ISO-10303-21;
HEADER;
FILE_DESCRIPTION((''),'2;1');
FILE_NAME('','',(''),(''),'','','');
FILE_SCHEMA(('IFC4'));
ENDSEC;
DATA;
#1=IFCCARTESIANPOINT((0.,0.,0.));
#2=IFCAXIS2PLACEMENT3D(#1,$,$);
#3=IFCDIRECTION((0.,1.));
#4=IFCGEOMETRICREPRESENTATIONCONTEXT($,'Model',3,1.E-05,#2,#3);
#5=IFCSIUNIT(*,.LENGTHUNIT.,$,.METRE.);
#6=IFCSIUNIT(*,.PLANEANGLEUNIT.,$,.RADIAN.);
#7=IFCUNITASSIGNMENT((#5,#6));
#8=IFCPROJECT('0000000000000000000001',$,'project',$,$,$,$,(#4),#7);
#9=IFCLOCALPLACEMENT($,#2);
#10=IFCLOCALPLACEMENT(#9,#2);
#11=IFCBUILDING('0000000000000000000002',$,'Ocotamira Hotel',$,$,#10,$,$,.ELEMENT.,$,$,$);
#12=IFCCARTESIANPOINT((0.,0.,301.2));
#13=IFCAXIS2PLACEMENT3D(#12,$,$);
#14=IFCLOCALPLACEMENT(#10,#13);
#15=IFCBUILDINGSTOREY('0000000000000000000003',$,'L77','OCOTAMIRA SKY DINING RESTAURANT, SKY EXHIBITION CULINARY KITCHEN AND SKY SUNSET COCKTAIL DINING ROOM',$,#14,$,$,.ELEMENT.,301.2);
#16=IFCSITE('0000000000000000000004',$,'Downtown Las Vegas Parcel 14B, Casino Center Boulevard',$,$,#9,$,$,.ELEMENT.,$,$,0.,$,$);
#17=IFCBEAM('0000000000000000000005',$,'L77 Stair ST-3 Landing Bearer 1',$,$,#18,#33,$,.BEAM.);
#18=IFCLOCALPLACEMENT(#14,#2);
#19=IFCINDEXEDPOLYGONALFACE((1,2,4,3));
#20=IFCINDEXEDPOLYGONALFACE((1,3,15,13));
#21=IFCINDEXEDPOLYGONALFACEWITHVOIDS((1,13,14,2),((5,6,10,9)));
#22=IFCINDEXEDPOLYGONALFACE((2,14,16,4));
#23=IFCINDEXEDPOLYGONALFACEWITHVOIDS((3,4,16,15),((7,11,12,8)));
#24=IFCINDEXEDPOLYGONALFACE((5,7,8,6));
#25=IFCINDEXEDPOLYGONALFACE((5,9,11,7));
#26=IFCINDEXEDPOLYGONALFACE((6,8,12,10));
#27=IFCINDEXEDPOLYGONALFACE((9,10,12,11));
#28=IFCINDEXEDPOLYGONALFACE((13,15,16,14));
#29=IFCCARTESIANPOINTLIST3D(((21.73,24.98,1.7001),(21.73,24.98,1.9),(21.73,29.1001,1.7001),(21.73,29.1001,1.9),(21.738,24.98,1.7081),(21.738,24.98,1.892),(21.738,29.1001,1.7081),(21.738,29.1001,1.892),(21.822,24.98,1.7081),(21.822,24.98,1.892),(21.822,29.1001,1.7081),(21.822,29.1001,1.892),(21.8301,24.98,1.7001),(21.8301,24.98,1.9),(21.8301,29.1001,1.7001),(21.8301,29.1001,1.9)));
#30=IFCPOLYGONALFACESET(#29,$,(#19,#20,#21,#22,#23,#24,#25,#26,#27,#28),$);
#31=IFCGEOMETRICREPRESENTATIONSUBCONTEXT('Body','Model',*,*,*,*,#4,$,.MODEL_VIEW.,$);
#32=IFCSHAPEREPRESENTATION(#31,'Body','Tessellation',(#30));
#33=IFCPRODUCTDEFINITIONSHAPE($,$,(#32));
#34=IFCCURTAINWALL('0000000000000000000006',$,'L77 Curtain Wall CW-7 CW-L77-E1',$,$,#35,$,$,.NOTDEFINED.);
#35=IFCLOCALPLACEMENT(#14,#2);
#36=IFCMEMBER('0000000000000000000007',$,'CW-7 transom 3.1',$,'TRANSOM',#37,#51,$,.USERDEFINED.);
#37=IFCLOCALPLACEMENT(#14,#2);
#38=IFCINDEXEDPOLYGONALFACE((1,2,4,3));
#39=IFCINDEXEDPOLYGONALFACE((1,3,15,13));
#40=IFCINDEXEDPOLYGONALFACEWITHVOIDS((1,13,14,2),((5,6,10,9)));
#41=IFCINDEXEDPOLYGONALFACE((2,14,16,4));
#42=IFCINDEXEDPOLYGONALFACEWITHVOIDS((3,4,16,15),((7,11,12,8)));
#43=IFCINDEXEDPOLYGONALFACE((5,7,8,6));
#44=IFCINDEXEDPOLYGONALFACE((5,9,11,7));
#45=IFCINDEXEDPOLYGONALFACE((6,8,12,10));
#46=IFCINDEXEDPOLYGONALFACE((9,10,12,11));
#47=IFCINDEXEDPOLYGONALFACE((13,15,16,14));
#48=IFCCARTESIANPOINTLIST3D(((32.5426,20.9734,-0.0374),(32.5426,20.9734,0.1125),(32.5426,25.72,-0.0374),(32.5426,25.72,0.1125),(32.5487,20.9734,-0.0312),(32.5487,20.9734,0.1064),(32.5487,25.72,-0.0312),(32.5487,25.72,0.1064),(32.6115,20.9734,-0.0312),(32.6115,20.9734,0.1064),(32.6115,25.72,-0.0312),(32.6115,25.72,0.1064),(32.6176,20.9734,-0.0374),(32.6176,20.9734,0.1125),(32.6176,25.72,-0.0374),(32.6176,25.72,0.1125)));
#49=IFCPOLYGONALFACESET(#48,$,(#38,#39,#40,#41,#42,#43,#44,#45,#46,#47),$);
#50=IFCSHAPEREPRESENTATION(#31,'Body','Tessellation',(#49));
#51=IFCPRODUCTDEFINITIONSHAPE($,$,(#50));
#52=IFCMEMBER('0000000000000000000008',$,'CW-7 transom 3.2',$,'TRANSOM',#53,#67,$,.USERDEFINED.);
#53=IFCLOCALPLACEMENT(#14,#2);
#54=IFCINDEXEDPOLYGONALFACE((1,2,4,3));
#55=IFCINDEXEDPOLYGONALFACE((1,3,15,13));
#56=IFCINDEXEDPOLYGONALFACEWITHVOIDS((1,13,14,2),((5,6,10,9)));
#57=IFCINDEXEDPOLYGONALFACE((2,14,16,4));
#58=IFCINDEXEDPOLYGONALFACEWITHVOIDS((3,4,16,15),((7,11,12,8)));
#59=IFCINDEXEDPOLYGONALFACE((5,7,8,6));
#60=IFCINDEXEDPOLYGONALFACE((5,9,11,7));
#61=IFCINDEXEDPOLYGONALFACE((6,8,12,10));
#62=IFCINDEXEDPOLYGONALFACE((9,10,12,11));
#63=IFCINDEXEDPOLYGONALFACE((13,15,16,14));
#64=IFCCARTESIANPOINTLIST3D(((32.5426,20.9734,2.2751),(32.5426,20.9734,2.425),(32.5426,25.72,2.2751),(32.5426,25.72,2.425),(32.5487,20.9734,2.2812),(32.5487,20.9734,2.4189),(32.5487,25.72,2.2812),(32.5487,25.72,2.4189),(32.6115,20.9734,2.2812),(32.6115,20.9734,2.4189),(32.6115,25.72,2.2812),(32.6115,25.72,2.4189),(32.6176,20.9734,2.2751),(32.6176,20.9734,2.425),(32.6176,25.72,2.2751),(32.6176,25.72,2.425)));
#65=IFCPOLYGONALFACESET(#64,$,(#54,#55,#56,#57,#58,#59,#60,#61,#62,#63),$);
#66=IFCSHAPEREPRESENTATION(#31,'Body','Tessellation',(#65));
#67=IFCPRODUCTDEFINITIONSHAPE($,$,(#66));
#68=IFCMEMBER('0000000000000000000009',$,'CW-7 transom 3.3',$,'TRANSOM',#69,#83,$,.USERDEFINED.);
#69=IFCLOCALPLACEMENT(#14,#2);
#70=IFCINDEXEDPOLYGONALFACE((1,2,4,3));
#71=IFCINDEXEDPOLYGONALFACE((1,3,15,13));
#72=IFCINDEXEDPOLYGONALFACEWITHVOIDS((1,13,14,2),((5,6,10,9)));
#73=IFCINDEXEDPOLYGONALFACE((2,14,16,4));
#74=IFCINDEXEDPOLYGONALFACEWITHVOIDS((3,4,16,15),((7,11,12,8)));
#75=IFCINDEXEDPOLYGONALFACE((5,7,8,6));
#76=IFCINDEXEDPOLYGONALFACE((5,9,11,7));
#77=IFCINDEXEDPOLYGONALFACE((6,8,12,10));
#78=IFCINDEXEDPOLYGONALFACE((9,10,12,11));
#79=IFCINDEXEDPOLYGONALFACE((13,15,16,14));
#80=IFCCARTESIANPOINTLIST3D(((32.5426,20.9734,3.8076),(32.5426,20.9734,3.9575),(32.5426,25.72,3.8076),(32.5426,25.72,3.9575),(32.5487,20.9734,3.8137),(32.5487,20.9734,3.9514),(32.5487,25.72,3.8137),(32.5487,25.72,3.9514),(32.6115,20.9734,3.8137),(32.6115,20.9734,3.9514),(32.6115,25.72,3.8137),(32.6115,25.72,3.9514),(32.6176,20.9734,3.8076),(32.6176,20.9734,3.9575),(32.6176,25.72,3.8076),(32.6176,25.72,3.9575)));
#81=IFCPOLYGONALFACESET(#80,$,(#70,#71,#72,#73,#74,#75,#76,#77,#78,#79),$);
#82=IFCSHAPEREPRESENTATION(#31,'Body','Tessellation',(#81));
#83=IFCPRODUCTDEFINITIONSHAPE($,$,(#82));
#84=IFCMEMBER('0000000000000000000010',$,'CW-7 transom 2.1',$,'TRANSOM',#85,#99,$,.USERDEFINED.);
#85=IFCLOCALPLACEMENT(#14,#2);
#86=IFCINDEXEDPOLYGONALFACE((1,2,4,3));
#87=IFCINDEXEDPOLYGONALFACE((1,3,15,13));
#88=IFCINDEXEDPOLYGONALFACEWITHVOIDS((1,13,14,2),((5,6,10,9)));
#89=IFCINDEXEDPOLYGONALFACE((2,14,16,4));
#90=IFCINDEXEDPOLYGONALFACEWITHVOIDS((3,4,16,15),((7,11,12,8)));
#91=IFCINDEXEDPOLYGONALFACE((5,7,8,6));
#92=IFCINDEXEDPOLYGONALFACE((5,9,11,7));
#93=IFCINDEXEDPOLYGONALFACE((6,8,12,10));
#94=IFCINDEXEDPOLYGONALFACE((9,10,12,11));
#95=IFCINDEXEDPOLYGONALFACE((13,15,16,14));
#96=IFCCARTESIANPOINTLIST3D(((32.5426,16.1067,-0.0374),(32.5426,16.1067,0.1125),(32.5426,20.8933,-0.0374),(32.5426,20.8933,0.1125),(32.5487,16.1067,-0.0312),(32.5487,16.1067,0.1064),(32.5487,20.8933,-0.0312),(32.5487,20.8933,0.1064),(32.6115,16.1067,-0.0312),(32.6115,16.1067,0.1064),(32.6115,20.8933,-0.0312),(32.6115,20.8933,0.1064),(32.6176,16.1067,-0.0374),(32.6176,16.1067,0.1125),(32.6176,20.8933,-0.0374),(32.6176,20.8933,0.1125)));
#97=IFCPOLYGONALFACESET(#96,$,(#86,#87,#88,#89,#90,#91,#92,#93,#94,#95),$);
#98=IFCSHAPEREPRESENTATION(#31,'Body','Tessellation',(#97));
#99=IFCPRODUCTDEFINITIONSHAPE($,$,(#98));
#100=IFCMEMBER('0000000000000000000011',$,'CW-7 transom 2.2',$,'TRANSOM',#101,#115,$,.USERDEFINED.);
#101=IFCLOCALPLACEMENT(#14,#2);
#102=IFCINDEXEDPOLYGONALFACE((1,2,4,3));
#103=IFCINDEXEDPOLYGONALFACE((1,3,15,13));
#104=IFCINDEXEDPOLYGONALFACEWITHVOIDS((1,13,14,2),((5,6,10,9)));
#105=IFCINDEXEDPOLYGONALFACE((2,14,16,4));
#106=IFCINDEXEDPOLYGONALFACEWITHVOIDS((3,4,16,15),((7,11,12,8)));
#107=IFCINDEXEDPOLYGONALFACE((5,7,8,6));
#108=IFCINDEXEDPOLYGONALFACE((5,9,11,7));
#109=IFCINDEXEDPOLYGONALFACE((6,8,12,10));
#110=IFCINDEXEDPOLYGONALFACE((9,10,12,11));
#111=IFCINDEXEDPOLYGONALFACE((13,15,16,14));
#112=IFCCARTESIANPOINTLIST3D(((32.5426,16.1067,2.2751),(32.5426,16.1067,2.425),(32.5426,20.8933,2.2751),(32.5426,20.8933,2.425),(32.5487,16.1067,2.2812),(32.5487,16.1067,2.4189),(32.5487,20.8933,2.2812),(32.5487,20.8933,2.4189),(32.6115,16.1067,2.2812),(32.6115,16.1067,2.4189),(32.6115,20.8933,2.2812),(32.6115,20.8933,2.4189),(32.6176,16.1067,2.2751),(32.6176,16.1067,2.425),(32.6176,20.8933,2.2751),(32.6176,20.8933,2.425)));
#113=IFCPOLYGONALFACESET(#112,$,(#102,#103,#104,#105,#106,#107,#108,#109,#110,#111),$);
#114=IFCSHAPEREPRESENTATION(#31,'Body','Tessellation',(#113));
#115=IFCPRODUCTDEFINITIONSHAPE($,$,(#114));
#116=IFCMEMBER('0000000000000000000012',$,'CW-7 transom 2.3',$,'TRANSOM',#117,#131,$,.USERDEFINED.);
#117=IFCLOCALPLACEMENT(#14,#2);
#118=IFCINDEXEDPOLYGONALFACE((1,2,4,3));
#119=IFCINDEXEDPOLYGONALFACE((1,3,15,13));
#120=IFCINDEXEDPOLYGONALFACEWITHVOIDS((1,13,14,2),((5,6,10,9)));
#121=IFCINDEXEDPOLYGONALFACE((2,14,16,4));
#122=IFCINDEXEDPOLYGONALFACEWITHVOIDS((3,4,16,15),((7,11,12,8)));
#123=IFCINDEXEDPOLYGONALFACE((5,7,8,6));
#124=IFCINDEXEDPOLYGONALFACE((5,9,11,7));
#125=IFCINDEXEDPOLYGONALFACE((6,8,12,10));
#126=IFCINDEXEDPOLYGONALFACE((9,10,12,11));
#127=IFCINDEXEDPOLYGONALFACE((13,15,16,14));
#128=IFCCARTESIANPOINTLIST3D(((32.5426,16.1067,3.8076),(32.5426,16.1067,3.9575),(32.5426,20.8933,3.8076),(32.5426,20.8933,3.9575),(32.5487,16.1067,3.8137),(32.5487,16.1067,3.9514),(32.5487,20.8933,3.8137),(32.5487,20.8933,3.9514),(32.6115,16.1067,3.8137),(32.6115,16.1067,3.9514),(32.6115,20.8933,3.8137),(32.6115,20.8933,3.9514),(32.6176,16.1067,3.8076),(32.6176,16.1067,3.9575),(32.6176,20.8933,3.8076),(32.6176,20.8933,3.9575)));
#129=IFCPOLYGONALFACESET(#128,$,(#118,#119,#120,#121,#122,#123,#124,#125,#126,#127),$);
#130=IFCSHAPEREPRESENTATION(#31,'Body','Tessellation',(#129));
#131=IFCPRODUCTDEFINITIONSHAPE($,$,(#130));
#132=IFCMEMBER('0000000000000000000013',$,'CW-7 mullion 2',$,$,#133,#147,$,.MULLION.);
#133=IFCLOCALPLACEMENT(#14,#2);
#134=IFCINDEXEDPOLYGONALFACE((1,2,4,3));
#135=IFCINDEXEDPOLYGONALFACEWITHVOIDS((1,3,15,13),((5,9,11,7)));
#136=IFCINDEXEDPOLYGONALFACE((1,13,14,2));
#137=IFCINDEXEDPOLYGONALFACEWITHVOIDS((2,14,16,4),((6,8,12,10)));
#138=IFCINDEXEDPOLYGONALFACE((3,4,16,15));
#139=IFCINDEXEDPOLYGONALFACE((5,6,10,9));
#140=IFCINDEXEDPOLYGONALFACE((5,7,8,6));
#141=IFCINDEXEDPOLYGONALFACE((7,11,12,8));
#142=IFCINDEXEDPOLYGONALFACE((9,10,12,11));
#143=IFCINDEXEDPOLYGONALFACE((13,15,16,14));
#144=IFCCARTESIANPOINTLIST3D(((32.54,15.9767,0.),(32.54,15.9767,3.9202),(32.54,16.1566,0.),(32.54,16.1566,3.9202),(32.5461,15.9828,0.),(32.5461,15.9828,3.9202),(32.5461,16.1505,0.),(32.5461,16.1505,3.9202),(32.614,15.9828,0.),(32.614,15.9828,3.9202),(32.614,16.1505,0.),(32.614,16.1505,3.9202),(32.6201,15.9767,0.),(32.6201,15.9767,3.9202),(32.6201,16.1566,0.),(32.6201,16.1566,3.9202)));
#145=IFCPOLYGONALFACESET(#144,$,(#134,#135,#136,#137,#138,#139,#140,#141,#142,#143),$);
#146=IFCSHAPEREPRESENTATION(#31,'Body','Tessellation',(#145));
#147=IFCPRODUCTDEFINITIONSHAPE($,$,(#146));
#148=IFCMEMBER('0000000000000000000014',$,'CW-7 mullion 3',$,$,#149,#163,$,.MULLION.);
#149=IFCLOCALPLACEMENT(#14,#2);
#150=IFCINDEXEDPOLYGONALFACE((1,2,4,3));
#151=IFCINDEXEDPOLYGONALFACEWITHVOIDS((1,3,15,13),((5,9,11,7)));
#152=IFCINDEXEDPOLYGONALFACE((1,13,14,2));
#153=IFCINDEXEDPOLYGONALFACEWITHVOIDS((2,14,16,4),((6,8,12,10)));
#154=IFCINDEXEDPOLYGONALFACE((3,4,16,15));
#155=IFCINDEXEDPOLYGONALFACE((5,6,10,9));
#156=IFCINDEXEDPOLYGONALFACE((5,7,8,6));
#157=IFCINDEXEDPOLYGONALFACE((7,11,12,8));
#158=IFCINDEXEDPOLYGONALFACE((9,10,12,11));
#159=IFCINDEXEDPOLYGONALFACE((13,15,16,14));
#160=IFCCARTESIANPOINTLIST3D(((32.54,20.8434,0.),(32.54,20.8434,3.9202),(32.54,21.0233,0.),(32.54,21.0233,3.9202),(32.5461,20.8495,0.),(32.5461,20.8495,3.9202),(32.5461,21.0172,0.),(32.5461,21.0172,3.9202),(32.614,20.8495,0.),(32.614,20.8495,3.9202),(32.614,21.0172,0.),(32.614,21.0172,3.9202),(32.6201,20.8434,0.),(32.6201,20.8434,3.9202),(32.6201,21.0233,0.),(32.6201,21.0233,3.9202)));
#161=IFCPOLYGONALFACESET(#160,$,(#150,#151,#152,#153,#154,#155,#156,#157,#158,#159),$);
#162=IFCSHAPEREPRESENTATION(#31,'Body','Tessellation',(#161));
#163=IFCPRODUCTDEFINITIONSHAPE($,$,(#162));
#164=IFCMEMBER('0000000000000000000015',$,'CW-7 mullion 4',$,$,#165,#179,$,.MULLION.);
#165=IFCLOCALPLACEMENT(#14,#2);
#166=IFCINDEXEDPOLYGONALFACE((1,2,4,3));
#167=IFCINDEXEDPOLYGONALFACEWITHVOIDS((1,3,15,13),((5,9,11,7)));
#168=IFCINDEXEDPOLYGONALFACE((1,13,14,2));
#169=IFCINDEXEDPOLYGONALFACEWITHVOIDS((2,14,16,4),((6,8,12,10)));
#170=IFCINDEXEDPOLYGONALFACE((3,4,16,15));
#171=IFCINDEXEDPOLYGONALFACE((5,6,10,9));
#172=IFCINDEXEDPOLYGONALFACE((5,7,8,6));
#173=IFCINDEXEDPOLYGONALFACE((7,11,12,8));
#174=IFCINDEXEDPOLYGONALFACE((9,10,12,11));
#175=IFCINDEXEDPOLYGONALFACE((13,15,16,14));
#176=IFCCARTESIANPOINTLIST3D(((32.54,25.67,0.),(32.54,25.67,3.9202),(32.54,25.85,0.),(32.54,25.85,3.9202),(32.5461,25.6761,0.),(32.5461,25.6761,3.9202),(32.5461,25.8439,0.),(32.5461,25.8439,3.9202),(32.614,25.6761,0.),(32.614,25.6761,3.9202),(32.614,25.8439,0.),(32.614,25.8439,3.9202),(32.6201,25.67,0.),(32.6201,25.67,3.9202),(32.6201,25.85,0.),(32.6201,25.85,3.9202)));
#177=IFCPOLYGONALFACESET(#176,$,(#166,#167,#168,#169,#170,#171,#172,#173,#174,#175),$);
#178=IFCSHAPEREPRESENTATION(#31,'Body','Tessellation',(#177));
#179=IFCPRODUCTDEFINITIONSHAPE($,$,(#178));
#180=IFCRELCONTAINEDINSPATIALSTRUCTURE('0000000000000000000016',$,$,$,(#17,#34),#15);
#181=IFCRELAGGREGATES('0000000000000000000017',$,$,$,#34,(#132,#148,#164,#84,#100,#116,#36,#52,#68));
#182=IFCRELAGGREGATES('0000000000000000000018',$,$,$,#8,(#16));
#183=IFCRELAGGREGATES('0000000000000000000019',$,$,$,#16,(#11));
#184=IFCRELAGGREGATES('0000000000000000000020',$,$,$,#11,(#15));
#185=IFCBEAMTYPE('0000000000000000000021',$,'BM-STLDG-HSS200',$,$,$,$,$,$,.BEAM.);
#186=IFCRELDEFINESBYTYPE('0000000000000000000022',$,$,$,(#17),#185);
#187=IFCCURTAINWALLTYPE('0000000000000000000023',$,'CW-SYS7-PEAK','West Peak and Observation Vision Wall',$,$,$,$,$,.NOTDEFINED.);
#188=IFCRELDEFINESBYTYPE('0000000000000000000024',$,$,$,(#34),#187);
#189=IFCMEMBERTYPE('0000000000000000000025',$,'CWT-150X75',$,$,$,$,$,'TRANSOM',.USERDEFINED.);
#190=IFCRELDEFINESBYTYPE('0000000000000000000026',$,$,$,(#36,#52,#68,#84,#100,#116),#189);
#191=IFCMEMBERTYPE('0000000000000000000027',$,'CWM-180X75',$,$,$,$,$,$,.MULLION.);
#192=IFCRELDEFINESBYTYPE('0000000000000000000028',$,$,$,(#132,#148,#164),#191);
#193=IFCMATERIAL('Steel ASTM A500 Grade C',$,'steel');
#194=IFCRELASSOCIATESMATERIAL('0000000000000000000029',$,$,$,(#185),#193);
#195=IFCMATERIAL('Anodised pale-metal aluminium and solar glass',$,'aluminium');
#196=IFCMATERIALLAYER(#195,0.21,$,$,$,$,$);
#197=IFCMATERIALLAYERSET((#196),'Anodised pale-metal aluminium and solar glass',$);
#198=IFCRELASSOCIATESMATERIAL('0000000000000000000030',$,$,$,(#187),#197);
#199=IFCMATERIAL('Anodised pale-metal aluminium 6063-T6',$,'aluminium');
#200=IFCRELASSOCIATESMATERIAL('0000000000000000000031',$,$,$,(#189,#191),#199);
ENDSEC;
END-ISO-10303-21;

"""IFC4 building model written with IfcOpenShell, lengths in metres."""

from ifc_helpers import new_model, si_unit, direction, frame, origin, origin_2d, place, context, subcontext, project, spatial, hollow_rectangle, extrude, source, transform, mapped, material, layer, layer_set, material_profile, profile_set, type_object, element, aggregate, save


model = new_model("IFC4")

# Units and contexts
model_context = context("Model", 3, precision=1e-05, world=origin(), true_north=direction((0.0, 1.0)))
body_context = subcontext(model_context, "Body", "Model", "MODEL_VIEW")
ifc_project = project(units=[si_unit("LENGTHUNIT", "METRE"), si_unit("PLANEANGLEUNIT", "RADIAN")], contexts=[model_context])

# Site, building, storey
site_placement = place(None, origin())
site = spatial("IfcSite", under=ifc_project, at=site_placement, Name="Downtown Las Vegas Parcel 14B, Casino Center Boulevard", CompositionType="ELEMENT", RefElevation=0.0)
building_placement = place(site_placement, origin())
building = spatial("IfcBuilding", under=site, at=building_placement, Name="Ocotamira Hotel", CompositionType="ELEMENT")
storey_placement = place(building_placement, frame((0.0, 0.0, 301.2)))
storey = spatial("IfcBuildingStorey", under=building, at=storey_placement, Name="L77", Description="OCOTAMIRA SKY DINING RESTAURANT, SKY EXHIBITION CULINARY KITCHEN AND SKY SUNSET COCKTAIL DINING ROOM", CompositionType="ELEMENT", Elevation=301.2)

# Beam
ifc_material_1 = material(Name="Steel ASTM A500 Grade C", Category="steel")
ifc_material_profile_1 = material_profile(ifc_material_1, hollow_rectangle(XDim=0.1001, YDim=0.2, WallThickness=0.0081, at=origin_2d()), Name="HSS200X100X8")
ifc_profile_set_1 = profile_set([ifc_material_profile_1], Name="Steel ASTM A500 Grade C")
beam_type = type_object("IfcBeamType", Name="BM-STLDG-HSS200", PredefinedType="BEAM", material=ifc_profile_set_1)
shared_shape_1 = source(origin(), body_context, "Body", "SweptSolid", [
    extrude(hollow_rectangle(XDim=0.1001, YDim=0.2, WallThickness=0.0081, at=origin_2d()), origin(), (0.0, 0.0, 1.0), 4.1201),
])
beam_placement = place(storey_placement, frame((21.78, 24.98, 1.8), z_axis=(0.0, 1.0, 0.0), x_axis=(-1.0, 0.0, 0.0)))
element("IfcBeam", 1, at=beam_placement, inside=storey, type_object=beam_type, Name="L77 Stair ST-3 Landing Bearer 1", PredefinedType="BEAM", context=body_context, shape_type="MappedRepresentation", body=[
    mapped(shared_shape_1, transform((0.0, 0.0, 0.0), scale=1.0)),
])

# Curtain wall, members
ifc_material_2 = material(Name="Anodised pale-metal aluminium and solar glass", Category="aluminium")
ifc_layer_1 = layer(ifc_material_2, 0.21)
ifc_layer_set_1 = layer_set([ifc_layer_1], Name="Anodised pale-metal aluminium and solar glass")
curtain_wall_type = type_object("IfcCurtainWallType", Name="CW-SYS7-PEAK", Description="West Peak and Observation Vision Wall", PredefinedType="NOTDEFINED", material=ifc_layer_set_1)
curtain_wall_1_placement = place(storey_placement, origin())
curtain_wall_1 = element("IfcCurtainWall", 2, at=curtain_wall_1_placement, inside=storey, type_object=curtain_wall_type, Name="L77 Curtain Wall CW-7 CW-L77-E1", PredefinedType="NOTDEFINED")
ifc_material_3 = material(Name="Anodised pale-metal aluminium 6063-T6", Category="aluminium")
ifc_material_profile_2 = material_profile(ifc_material_3, hollow_rectangle(XDim=0.075, YDim=0.1499, WallThickness=0.0061, at=origin_2d()), Name="HSS150X75X6")
ifc_profile_set_2 = profile_set([ifc_material_profile_2], Name="Anodised pale-metal aluminium 6063-T6")
member_type_1 = type_object("IfcMemberType", Name="CWT-150X75", ElementType="TRANSOM", PredefinedType="USERDEFINED", material=ifc_profile_set_2)
shared_shape_2 = source(origin(), body_context, "Body", "SweptSolid", [
    extrude(hollow_rectangle(XDim=0.075, YDim=0.1499, WallThickness=0.0061, at=origin_2d()), origin(), (0.0, 0.0, 1.0), 4.7466),
])
member_1_placement = place(storey_placement, frame((32.5801, 20.9734, 0.0376), z_axis=(0.0, 1.0, 0.0), x_axis=(-1.0, 0.0, 0.0)))
member_1 = element("IfcMember", 3, at=member_1_placement, type_object=member_type_1, Name="CW-7 transom 3.1", ObjectType="TRANSOM", PredefinedType="USERDEFINED", context=body_context, shape_type="MappedRepresentation", body=[
    mapped(shared_shape_2, transform((0.0, 0.0, 0.0), scale=1.0)),
])
member_2_placement = place(storey_placement, frame((32.5801, 20.9734, 2.3501), z_axis=(0.0, 1.0, 0.0), x_axis=(-1.0, 0.0, 0.0)))
member_2 = element("IfcMember", 4, at=member_2_placement, type_object=member_type_1, Name="CW-7 transom 3.2", ObjectType="TRANSOM", PredefinedType="USERDEFINED", context=body_context, shape_type="MappedRepresentation", body=[
    mapped(shared_shape_2, transform((0.0, 0.0, 0.0), scale=1.0)),
])
member_3_placement = place(storey_placement, frame((32.5801, 20.9734, 3.8826), z_axis=(0.0, 1.0, 0.0), x_axis=(-1.0, 0.0, 0.0)))
member_3 = element("IfcMember", 5, at=member_3_placement, type_object=member_type_1, Name="CW-7 transom 3.3", ObjectType="TRANSOM", PredefinedType="USERDEFINED", context=body_context, shape_type="MappedRepresentation", body=[
    mapped(shared_shape_2, transform((0.0, 0.0, 0.0), scale=1.0)),
])
shared_shape_3 = source(origin(), body_context, "Body", "SweptSolid", [
    extrude(hollow_rectangle(XDim=0.075, YDim=0.1499, WallThickness=0.0061, at=origin_2d()), origin(), (0.0, 0.0, 1.0), 4.7866),
])
member_4_placement = place(storey_placement, frame((32.5801, 16.1067, 0.0376), z_axis=(0.0, 1.0, 0.0), x_axis=(-1.0, 0.0, 0.0)))
member_4 = element("IfcMember", 6, at=member_4_placement, type_object=member_type_1, Name="CW-7 transom 2.1", ObjectType="TRANSOM", PredefinedType="USERDEFINED", context=body_context, shape_type="MappedRepresentation", body=[
    mapped(shared_shape_3, transform((0.0, 0.0, 0.0), scale=1.0)),
])
member_5_placement = place(storey_placement, frame((32.5801, 16.1067, 2.3501), z_axis=(0.0, 1.0, 0.0), x_axis=(-1.0, 0.0, 0.0)))
member_5 = element("IfcMember", 7, at=member_5_placement, type_object=member_type_1, Name="CW-7 transom 2.2", ObjectType="TRANSOM", PredefinedType="USERDEFINED", context=body_context, shape_type="MappedRepresentation", body=[
    mapped(shared_shape_3, transform((0.0, 0.0, 0.0), scale=1.0)),
])
member_6_placement = place(storey_placement, frame((32.5801, 16.1067, 3.8826), z_axis=(0.0, 1.0, 0.0), x_axis=(-1.0, 0.0, 0.0)))
member_6 = element("IfcMember", 8, at=member_6_placement, type_object=member_type_1, Name="CW-7 transom 2.3", ObjectType="TRANSOM", PredefinedType="USERDEFINED", context=body_context, shape_type="MappedRepresentation", body=[
    mapped(shared_shape_3, transform((0.0, 0.0, 0.0), scale=1.0)),
])
ifc_material_profile_3 = material_profile(ifc_material_3, hollow_rectangle(XDim=0.0801, YDim=0.1799, WallThickness=0.0061, at=origin_2d()), Name="HSS180X80X6")
ifc_profile_set_3 = profile_set([ifc_material_profile_3], Name="Anodised pale-metal aluminium 6063-T6")
member_type_2 = type_object("IfcMemberType", Name="CWM-180X75", PredefinedType="MULLION", material=ifc_profile_set_3)
shared_shape_4 = source(origin(), body_context, "Body", "SweptSolid", [
    extrude(hollow_rectangle(XDim=0.0801, YDim=0.1799, WallThickness=0.0061, at=origin_2d()), origin(), (0.0, 0.0, 1.0), 3.9202),
])
member_7_placement = place(storey_placement, frame((32.5801, 16.0667, 0.0), z_axis=(0.0, 0.0, 1.0), x_axis=(-1.0, 0.0, 0.0)))
member_7 = element("IfcMember", 9, at=member_7_placement, type_object=member_type_2, Name="CW-7 mullion 2", PredefinedType="MULLION", context=body_context, shape_type="MappedRepresentation", body=[
    mapped(shared_shape_4, transform((0.0, 0.0, 0.0), scale=1.0)),
])
member_8_placement = place(storey_placement, frame((32.5801, 20.9333, 0.0), z_axis=(0.0, 0.0, 1.0), x_axis=(-1.0, 0.0, 0.0)))
member_8 = element("IfcMember", 10, at=member_8_placement, type_object=member_type_2, Name="CW-7 mullion 3", PredefinedType="MULLION", context=body_context, shape_type="MappedRepresentation", body=[
    mapped(shared_shape_4, transform((0.0, 0.0, 0.0), scale=1.0)),
])
member_9_placement = place(storey_placement, frame((32.5801, 25.76, 0.0), z_axis=(0.0, 0.0, 1.0), x_axis=(-1.0, 0.0, 0.0)))
member_9 = element("IfcMember", 11, at=member_9_placement, type_object=member_type_2, Name="CW-7 mullion 4", PredefinedType="MULLION", context=body_context, shape_type="MappedRepresentation", body=[
    mapped(shared_shape_4, transform((0.0, 0.0, 0.0), scale=1.0)),
])

aggregate(curtain_wall_1, [member_7, member_8, member_9, member_4, member_5, member_6, member_1, member_2, member_3])

save(model, "model.ifc")
